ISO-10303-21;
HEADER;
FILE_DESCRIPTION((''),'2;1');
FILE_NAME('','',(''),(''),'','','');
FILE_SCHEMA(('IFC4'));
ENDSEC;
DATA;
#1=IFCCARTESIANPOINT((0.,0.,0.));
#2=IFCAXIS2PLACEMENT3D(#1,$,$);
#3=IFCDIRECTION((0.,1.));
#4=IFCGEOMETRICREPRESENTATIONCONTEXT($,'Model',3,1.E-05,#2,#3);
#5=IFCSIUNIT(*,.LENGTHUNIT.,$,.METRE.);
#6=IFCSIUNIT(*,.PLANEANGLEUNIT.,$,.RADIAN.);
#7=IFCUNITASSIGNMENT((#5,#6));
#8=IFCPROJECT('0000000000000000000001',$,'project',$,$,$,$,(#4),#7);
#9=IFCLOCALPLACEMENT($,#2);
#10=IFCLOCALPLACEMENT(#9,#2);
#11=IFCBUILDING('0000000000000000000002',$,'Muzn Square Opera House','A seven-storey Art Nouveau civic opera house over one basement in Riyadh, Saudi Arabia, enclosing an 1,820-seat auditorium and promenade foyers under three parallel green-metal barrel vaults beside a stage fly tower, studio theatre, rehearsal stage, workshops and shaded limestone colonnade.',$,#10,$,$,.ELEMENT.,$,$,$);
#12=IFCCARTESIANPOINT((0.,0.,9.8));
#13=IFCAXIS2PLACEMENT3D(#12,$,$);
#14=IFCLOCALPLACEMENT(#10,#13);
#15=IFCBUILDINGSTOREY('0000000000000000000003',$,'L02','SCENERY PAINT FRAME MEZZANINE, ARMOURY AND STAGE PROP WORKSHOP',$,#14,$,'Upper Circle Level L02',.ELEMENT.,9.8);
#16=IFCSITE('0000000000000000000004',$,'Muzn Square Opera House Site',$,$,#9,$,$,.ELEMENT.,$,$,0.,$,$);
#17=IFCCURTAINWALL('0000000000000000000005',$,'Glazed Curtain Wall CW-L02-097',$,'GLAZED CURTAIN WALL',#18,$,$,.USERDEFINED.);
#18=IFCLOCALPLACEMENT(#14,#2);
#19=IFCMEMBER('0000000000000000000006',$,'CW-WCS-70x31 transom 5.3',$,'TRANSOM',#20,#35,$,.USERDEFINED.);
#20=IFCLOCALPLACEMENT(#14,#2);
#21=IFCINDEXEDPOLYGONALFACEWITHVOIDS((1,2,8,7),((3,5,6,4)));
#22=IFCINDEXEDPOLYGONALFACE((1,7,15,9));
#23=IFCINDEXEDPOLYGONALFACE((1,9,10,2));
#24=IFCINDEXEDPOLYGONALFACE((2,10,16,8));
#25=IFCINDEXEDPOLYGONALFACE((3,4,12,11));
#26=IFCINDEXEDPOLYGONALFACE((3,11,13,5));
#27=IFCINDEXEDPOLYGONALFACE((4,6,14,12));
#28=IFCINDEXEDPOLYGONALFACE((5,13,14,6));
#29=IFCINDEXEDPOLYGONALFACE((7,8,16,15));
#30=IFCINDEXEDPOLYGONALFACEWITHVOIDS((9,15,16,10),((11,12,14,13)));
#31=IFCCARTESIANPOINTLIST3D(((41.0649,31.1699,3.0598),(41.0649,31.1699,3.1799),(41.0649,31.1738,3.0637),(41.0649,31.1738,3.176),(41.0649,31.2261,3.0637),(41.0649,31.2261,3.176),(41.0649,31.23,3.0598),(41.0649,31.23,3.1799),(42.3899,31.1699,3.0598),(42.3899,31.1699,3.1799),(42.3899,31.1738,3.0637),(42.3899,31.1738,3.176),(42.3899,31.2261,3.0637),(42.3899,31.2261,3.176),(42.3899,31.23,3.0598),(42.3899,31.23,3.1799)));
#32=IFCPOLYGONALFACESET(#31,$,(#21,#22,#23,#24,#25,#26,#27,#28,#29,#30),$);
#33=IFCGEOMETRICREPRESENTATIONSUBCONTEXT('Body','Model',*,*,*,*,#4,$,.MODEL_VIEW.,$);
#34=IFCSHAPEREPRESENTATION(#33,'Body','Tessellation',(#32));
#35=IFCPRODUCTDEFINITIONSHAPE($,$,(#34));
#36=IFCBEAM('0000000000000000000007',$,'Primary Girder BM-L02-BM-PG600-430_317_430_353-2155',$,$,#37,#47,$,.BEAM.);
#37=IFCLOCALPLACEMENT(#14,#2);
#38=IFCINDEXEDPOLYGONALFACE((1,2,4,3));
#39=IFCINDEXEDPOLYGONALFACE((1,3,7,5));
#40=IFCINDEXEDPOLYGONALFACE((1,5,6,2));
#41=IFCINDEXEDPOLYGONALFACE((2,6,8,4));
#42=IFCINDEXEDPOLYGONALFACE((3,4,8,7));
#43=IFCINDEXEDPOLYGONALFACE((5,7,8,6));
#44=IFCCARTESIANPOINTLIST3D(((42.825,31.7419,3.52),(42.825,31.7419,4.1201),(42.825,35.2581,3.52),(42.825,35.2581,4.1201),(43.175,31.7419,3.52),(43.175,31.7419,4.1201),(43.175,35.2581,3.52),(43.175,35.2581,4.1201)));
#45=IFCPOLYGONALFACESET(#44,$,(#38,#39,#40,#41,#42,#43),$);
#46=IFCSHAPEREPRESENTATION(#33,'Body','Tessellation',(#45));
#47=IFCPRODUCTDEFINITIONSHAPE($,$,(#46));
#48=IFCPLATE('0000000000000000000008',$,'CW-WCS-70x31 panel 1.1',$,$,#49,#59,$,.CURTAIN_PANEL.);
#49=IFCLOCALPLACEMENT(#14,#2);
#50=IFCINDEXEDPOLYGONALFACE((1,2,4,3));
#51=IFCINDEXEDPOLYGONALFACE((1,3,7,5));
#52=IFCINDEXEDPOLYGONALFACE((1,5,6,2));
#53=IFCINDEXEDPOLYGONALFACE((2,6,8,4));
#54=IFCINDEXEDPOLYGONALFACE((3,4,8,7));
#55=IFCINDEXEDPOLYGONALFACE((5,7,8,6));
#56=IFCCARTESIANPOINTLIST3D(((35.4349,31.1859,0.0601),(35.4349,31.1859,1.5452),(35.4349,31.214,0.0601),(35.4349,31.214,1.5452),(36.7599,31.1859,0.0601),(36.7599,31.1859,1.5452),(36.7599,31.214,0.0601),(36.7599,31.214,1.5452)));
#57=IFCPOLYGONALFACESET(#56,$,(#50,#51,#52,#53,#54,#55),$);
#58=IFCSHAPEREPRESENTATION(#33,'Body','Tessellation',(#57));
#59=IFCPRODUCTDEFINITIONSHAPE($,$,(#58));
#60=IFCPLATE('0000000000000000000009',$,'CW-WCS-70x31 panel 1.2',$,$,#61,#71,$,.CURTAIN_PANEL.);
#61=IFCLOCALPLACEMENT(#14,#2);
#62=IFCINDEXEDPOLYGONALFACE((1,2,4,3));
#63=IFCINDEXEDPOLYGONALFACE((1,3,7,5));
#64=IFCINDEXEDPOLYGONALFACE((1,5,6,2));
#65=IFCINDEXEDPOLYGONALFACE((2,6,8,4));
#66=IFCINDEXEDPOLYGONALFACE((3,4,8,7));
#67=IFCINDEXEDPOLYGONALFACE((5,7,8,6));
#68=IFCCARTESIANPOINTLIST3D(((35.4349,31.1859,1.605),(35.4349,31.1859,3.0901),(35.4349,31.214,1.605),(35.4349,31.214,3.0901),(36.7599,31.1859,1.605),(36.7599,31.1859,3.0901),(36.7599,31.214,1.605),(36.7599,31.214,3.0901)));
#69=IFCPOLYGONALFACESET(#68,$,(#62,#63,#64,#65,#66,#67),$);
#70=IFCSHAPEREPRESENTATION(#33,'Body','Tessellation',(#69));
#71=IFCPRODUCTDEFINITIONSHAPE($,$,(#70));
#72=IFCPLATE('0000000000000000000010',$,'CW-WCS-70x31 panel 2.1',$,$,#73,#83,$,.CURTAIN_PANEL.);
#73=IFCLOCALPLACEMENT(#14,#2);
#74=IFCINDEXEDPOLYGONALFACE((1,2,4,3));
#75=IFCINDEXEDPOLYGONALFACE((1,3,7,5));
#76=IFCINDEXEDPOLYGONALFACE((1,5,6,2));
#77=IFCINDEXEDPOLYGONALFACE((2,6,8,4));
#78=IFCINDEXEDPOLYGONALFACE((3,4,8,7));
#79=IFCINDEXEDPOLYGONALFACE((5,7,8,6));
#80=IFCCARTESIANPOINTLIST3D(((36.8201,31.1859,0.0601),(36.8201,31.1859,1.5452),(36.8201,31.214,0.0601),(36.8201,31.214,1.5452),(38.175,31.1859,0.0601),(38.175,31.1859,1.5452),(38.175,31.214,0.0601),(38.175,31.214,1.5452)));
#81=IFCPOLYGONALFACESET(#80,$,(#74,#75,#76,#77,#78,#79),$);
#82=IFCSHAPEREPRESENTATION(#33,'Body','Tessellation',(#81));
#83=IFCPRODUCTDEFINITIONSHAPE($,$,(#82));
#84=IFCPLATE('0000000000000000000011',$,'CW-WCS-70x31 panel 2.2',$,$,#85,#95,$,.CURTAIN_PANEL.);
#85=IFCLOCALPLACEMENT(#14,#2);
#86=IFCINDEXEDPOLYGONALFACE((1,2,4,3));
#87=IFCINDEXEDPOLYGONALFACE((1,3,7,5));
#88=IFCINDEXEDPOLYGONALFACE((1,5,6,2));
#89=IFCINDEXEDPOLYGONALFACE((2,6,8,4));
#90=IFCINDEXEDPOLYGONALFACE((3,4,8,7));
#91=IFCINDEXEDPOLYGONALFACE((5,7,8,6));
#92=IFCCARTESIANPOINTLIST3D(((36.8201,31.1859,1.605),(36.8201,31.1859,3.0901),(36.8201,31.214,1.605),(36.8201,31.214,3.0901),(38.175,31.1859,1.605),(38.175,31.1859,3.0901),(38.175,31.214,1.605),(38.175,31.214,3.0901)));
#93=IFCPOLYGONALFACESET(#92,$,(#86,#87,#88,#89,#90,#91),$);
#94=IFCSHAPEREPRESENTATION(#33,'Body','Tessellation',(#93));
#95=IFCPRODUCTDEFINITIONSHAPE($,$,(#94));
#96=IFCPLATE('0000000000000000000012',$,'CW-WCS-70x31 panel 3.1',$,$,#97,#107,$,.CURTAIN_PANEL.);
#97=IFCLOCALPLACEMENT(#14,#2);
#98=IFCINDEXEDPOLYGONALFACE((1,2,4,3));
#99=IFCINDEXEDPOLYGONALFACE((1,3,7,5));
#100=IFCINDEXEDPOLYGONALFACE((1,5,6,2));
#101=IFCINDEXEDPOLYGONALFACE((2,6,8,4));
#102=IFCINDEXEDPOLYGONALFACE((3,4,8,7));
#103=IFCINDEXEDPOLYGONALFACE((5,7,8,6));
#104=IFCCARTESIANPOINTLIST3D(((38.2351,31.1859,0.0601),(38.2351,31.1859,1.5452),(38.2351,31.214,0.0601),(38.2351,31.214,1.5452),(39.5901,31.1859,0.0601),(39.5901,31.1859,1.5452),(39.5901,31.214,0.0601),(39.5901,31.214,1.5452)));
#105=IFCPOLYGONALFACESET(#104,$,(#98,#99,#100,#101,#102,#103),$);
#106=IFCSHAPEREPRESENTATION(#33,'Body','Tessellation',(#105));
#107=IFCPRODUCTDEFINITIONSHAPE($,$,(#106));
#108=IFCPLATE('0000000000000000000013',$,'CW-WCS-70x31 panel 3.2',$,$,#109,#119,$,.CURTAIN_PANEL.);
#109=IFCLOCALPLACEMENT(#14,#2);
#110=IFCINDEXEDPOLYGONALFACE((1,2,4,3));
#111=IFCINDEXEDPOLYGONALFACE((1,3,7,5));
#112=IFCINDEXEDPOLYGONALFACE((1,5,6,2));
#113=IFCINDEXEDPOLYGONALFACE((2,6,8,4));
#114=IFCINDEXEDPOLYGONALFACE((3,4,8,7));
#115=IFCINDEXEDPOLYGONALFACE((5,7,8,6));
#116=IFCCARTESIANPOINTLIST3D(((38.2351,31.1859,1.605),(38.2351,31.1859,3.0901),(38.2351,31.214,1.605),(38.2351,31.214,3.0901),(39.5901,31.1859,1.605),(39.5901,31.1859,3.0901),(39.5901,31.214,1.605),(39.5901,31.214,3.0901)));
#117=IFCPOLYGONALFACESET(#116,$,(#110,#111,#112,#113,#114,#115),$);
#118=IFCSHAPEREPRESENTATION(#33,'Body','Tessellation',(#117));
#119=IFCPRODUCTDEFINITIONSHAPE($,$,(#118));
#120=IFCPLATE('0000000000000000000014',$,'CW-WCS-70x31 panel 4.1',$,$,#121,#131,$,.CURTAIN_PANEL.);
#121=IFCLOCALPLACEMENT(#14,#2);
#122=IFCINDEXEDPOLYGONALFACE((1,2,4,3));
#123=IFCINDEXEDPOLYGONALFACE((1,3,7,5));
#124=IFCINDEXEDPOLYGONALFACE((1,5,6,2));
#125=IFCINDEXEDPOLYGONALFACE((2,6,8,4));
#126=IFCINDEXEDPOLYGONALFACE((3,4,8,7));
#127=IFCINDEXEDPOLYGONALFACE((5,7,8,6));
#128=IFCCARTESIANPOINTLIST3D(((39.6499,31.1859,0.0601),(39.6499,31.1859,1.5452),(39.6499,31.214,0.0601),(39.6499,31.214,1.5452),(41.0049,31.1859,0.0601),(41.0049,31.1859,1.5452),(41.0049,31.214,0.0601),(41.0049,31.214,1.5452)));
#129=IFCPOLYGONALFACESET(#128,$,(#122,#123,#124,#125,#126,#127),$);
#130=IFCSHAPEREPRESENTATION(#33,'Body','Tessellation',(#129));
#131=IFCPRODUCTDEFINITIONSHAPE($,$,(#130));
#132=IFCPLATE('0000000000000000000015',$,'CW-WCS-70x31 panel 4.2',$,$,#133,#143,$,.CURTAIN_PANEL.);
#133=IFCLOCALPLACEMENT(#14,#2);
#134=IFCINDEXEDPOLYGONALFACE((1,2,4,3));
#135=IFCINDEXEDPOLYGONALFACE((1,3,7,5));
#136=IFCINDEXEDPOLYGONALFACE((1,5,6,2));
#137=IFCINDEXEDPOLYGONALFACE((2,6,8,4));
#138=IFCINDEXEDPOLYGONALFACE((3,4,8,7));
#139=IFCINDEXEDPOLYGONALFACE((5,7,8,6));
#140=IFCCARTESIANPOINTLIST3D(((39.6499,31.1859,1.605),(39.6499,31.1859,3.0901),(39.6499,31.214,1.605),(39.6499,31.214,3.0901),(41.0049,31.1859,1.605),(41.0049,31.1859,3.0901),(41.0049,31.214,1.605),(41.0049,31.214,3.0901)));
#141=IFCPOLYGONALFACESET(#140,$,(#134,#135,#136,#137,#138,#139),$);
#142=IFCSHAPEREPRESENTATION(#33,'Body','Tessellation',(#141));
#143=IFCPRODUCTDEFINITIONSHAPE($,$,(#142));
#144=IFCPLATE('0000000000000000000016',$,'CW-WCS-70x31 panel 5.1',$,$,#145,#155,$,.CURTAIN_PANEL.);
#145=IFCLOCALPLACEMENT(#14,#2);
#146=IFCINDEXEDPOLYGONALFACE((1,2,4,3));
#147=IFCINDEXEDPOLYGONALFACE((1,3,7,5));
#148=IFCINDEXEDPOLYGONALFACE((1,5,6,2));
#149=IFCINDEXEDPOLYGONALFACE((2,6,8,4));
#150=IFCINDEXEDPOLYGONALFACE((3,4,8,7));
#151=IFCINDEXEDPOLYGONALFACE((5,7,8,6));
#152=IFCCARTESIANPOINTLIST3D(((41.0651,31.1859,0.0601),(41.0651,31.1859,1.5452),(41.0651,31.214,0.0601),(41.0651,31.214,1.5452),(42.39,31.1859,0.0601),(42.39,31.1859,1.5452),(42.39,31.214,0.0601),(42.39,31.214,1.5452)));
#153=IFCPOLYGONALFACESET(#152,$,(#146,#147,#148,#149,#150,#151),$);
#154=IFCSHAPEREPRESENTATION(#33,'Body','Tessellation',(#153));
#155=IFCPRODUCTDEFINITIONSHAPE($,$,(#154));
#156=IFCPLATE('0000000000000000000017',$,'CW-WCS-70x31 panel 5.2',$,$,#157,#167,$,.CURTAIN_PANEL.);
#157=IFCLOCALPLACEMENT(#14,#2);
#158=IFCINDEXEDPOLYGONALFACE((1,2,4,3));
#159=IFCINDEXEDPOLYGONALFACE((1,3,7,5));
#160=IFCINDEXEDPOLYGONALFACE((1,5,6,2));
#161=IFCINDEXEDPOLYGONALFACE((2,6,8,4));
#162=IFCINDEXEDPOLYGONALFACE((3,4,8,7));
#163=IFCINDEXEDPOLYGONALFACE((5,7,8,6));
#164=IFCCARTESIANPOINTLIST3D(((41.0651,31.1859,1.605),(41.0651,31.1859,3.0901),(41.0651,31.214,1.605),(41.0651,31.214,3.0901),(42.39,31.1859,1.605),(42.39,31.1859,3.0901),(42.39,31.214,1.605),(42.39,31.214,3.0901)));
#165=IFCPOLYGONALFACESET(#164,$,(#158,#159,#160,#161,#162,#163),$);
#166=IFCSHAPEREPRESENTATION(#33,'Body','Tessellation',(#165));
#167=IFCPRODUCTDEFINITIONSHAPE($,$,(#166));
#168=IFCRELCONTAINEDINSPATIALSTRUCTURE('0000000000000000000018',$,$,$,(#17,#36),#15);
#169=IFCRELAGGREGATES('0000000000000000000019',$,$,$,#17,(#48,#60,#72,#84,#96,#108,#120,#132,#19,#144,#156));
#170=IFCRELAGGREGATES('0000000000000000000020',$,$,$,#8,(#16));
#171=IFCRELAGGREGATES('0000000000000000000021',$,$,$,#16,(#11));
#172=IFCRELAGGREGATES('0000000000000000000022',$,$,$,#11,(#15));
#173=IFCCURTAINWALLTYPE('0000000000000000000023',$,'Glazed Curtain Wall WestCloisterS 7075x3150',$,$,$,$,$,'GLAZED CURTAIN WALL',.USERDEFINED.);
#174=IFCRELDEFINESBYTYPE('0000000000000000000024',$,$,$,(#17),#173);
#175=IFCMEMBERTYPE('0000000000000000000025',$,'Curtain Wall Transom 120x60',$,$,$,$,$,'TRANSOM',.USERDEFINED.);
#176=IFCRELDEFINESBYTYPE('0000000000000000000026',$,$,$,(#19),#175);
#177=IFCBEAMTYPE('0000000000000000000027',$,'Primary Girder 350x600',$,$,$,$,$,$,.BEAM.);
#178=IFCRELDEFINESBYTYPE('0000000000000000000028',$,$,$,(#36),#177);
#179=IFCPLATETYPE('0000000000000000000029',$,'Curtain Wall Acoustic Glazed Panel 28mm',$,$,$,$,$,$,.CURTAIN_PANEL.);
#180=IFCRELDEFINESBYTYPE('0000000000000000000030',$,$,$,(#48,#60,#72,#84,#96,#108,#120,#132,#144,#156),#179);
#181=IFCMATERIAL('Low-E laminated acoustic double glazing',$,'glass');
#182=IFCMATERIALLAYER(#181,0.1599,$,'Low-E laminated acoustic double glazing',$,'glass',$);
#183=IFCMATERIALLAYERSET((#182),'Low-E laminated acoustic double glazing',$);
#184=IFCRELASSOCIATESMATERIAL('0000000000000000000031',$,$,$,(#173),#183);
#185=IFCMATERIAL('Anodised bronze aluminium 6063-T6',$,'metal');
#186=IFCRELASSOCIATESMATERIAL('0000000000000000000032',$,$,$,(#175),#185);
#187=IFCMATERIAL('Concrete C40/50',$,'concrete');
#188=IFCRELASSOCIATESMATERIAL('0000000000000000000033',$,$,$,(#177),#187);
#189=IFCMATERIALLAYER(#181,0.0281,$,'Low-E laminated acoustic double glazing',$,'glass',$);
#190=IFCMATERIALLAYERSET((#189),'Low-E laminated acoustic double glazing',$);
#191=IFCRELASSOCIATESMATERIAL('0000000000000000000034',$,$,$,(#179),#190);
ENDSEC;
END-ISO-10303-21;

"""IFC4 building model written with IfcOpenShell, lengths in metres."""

from ifc_helpers import new_model, si_unit, direction, frame, origin, origin_2d, place, context, subcontext, project, spatial, rectangle, hollow_rectangle, extrude, material, layer, layer_set, material_profile, profile_set, type_object, element, aggregate, save


model = new_model("IFC4")

# Units and contexts
model_context = context("Model", 3, precision=1e-05, world=origin(), true_north=direction((0.0, 1.0)))
body_context = subcontext(model_context, "Body", "Model", "MODEL_VIEW")
ifc_project = project(units=[si_unit("LENGTHUNIT", "METRE"), si_unit("PLANEANGLEUNIT", "RADIAN")], contexts=[model_context])

# Site, building, storey
site_placement = place(None, origin())
site = spatial("IfcSite", under=ifc_project, at=site_placement, Name="Muzn Square Opera House Site", CompositionType="ELEMENT", RefElevation=0.0)
building_placement = place(site_placement, origin())
building = spatial("IfcBuilding", under=site, at=building_placement, Name="Muzn Square Opera House", Description="A seven-storey Art Nouveau civic opera house over one basement in Riyadh, Saudi Arabia, enclosing an 1,820-seat auditorium and promenade foyers under three parallel green-metal barrel vaults beside a stage fly tower, studio theatre, rehearsal stage, workshops and shaded limestone colonnade.", CompositionType="ELEMENT")
storey_placement = place(building_placement, frame((0.0, 0.0, 9.8)))
storey = spatial("IfcBuildingStorey", under=building, at=storey_placement, Name="L02", Description="SCENERY PAINT FRAME MEZZANINE, ARMOURY AND STAGE PROP WORKSHOP", LongName="Upper Circle Level L02", CompositionType="ELEMENT", Elevation=9.8)

# Shared definitions
ifc_material_1 = material(Name="Low-E laminated acoustic double glazing", Category="glass")
ifc_material_2 = material(Name="Anodised bronze aluminium 6063-T6", Category="metal")

# Curtain wall
ifc_layer_1 = layer(ifc_material_1, 0.1599, Name="Low-E laminated acoustic double glazing", Category="glass")
ifc_layer_set_1 = layer_set([ifc_layer_1], Name="Low-E laminated acoustic double glazing")
curtain_wall_type_1 = type_object("IfcCurtainWallType", Name="Glazed Curtain Wall WestCloisterS 7075x3150", ElementType="GLAZED CURTAIN WALL", PredefinedType="USERDEFINED", material=ifc_layer_set_1)
curtain_wall_1_placement = place(storey_placement, origin())
curtain_wall_1 = element("IfcCurtainWall", 1, at=curtain_wall_1_placement, inside=storey, type_object=curtain_wall_type_1, Name="Glazed Curtain Wall CW-L02-097", ObjectType="GLAZED CURTAIN WALL", PredefinedType="USERDEFINED")

# Member
ifc_material_profile_1 = material_profile(ifc_material_2, hollow_rectangle(XDim=0.0601, YDim=0.1201, WallThickness=0.0039, at=origin_2d()), Name="ALU 120x60x4", Category="metal")
ifc_profile_set_1 = profile_set([ifc_material_profile_1], Name="Anodised bronze aluminium 6063-T6")
member_type_1 = type_object("IfcMemberType", Name="Curtain Wall Transom 120x60", ElementType="TRANSOM", PredefinedType="USERDEFINED", material=ifc_profile_set_1)
member_1_placement = place(storey_placement, frame((41.0649, 31.2, 3.1199), z_axis=(1.0, 0.0, 0.0), x_axis=(0.0, 1.0, 0.0)))
member_1 = element("IfcMember", 2, at=member_1_placement, type_object=member_type_1, Name="CW-WCS-70x31 transom 5.3", ObjectType="TRANSOM", PredefinedType="USERDEFINED", context=body_context, shape_type="SweptSolid", body=[
    extrude(hollow_rectangle(XDim=0.0601, YDim=0.1201, WallThickness=0.0039, at=origin_2d()), origin(), (0.0, 0.0, 1.0), 1.325),
])

# Beam
ifc_material_3 = material(Name="Concrete C40/50", Category="concrete")
ifc_material_profile_2 = material_profile(ifc_material_3, rectangle(XDim=0.3501, YDim=0.6001, at=origin_2d()), Name="RCB 350x600", Category="concrete")
ifc_profile_set_2 = profile_set([ifc_material_profile_2], Name="Concrete C40/50")
beam_type = type_object("IfcBeamType", Name="Primary Girder 350x600", PredefinedType="BEAM", material=ifc_profile_set_2)
beam_placement = place(storey_placement, frame((43.0, 31.7419, 3.8201), z_axis=(0.0, 1.0, 0.0), x_axis=(-1.0, 0.0, 0.0)))
element("IfcBeam", 3, at=beam_placement, inside=storey, type_object=beam_type, Name="Primary Girder BM-L02-BM-PG600-430_317_430_353-2155", PredefinedType="BEAM", context=body_context, shape_type="SweptSolid", body=[
    extrude(rectangle(XDim=0.3501, YDim=0.6001, at=origin_2d()), origin(), (0.0, 0.0, 1.0), 3.5161),
])

# Plates
ifc_layer_2 = layer(ifc_material_1, 0.0281, Name="Low-E laminated acoustic double glazing", Category="glass")
ifc_layer_set_2 = layer_set([ifc_layer_2], Name="Low-E laminated acoustic double glazing")
plate_type = type_object("IfcPlateType", Name="Curtain Wall Acoustic Glazed Panel 28mm", PredefinedType="CURTAIN_PANEL", material=ifc_layer_set_2)
plate_1_placement = place(storey_placement, frame((36.0974, 31.2, 0.0601), z_axis=(0.0, 0.0, 1.0), x_axis=(1.0, 0.0, 0.0)))
plate_1 = element("IfcPlate", 4, at=plate_1_placement, type_object=plate_type, Name="CW-WCS-70x31 panel 1.1", PredefinedType="CURTAIN_PANEL", context=body_context, shape_type="SweptSolid", body=[
    extrude(rectangle(XDim=1.325, YDim=0.0281, at=origin_2d()), origin(), (0.0, 0.0, 1.0), 1.4851),
])
plate_2_placement = place(storey_placement, frame((36.0974, 31.2, 1.605), z_axis=(0.0, 0.0, 1.0), x_axis=(1.0, 0.0, 0.0)))
plate_2 = element("IfcPlate", 5, at=plate_2_placement, type_object=plate_type, Name="CW-WCS-70x31 panel 1.2", PredefinedType="CURTAIN_PANEL", context=body_context, shape_type="SweptSolid", body=[
    extrude(rectangle(XDim=1.325, YDim=0.0281, at=origin_2d()), origin(), (0.0, 0.0, 1.0), 1.4851),
])
plate_3_placement = place(storey_placement, frame((37.4976, 31.2, 0.0601), z_axis=(0.0, 0.0, 1.0), x_axis=(1.0, 0.0, 0.0)))
plate_3 = element("IfcPlate", 6, at=plate_3_placement, type_object=plate_type, Name="CW-WCS-70x31 panel 2.1", PredefinedType="CURTAIN_PANEL", context=body_context, shape_type="SweptSolid", body=[
    extrude(rectangle(XDim=1.355, YDim=0.0281, at=origin_2d()), origin(), (0.0, 0.0, 1.0), 1.4851),
])
plate_4_placement = place(storey_placement, frame((37.4976, 31.2, 1.605), z_axis=(0.0, 0.0, 1.0), x_axis=(1.0, 0.0, 0.0)))
plate_4 = element("IfcPlate", 7, at=plate_4_placement, type_object=plate_type, Name="CW-WCS-70x31 panel 2.2", PredefinedType="CURTAIN_PANEL", context=body_context, shape_type="SweptSolid", body=[
    extrude(rectangle(XDim=1.355, YDim=0.0281, at=origin_2d()), origin(), (0.0, 0.0, 1.0), 1.4851),
])
plate_5_placement = place(storey_placement, frame((38.9126, 31.2, 0.0601), z_axis=(0.0, 0.0, 1.0), x_axis=(1.0, 0.0, 0.0)))
plate_5 = element("IfcPlate", 8, at=plate_5_placement, type_object=plate_type, Name="CW-WCS-70x31 panel 3.1", PredefinedType="CURTAIN_PANEL", context=body_context, shape_type="SweptSolid", body=[
    extrude(rectangle(XDim=1.355, YDim=0.0281, at=origin_2d()), origin(), (0.0, 0.0, 1.0), 1.4851),
])
plate_6_placement = place(storey_placement, frame((38.9126, 31.2, 1.605), z_axis=(0.0, 0.0, 1.0), x_axis=(1.0, 0.0, 0.0)))
plate_6 = element("IfcPlate", 9, at=plate_6_placement, type_object=plate_type, Name="CW-WCS-70x31 panel 3.2", PredefinedType="CURTAIN_PANEL", context=body_context, shape_type="SweptSolid", body=[
    extrude(rectangle(XDim=1.355, YDim=0.0281, at=origin_2d()), origin(), (0.0, 0.0, 1.0), 1.4851),
])
plate_7_placement = place(storey_placement, frame((40.3274, 31.2, 0.0601), z_axis=(0.0, 0.0, 1.0), x_axis=(1.0, 0.0, 0.0)))
plate_7 = element("IfcPlate", 10, at=plate_7_placement, type_object=plate_type, Name="CW-WCS-70x31 panel 4.1", PredefinedType="CURTAIN_PANEL", context=body_context, shape_type="SweptSolid", body=[
    extrude(rectangle(XDim=1.355, YDim=0.0281, at=origin_2d()), origin(), (0.0, 0.0, 1.0), 1.4851),
])
plate_8_placement = place(storey_placement, frame((40.3274, 31.2, 1.605), z_axis=(0.0, 0.0, 1.0), x_axis=(1.0, 0.0, 0.0)))
plate_8 = element("IfcPlate", 11, at=plate_8_placement, type_object=plate_type, Name="CW-WCS-70x31 panel 4.2", PredefinedType="CURTAIN_PANEL", context=body_context, shape_type="SweptSolid", body=[
    extrude(rectangle(XDim=1.355, YDim=0.0281, at=origin_2d()), origin(), (0.0, 0.0, 1.0), 1.4851),
])
plate_9_placement = place(storey_placement, frame((41.7275, 31.2, 0.0601), z_axis=(0.0, 0.0, 1.0), x_axis=(1.0, 0.0, 0.0)))
plate_9 = element("IfcPlate", 12, at=plate_9_placement, type_object=plate_type, Name="CW-WCS-70x31 panel 5.1", PredefinedType="CURTAIN_PANEL", context=body_context, shape_type="SweptSolid", body=[
    extrude(rectangle(XDim=1.325, YDim=0.0281, at=origin_2d()), origin(), (0.0, 0.0, 1.0), 1.4851),
])
plate_10_placement = place(storey_placement, frame((41.7275, 31.2, 1.605), z_axis=(0.0, 0.0, 1.0), x_axis=(1.0, 0.0, 0.0)))
plate_10 = element("IfcPlate", 13, at=plate_10_placement, type_object=plate_type, Name="CW-WCS-70x31 panel 5.2", PredefinedType="CURTAIN_PANEL", context=body_context, shape_type="SweptSolid", body=[
    extrude(rectangle(XDim=1.325, YDim=0.0281, at=origin_2d()), origin(), (0.0, 0.0, 1.0), 1.4851),
])
aggregate(curtain_wall_1, [plate_1, plate_2, plate_3, plate_4, plate_5, plate_6, plate_7, plate_8, member_1, plate_9, plate_10])

save(model, "model.ifc")
